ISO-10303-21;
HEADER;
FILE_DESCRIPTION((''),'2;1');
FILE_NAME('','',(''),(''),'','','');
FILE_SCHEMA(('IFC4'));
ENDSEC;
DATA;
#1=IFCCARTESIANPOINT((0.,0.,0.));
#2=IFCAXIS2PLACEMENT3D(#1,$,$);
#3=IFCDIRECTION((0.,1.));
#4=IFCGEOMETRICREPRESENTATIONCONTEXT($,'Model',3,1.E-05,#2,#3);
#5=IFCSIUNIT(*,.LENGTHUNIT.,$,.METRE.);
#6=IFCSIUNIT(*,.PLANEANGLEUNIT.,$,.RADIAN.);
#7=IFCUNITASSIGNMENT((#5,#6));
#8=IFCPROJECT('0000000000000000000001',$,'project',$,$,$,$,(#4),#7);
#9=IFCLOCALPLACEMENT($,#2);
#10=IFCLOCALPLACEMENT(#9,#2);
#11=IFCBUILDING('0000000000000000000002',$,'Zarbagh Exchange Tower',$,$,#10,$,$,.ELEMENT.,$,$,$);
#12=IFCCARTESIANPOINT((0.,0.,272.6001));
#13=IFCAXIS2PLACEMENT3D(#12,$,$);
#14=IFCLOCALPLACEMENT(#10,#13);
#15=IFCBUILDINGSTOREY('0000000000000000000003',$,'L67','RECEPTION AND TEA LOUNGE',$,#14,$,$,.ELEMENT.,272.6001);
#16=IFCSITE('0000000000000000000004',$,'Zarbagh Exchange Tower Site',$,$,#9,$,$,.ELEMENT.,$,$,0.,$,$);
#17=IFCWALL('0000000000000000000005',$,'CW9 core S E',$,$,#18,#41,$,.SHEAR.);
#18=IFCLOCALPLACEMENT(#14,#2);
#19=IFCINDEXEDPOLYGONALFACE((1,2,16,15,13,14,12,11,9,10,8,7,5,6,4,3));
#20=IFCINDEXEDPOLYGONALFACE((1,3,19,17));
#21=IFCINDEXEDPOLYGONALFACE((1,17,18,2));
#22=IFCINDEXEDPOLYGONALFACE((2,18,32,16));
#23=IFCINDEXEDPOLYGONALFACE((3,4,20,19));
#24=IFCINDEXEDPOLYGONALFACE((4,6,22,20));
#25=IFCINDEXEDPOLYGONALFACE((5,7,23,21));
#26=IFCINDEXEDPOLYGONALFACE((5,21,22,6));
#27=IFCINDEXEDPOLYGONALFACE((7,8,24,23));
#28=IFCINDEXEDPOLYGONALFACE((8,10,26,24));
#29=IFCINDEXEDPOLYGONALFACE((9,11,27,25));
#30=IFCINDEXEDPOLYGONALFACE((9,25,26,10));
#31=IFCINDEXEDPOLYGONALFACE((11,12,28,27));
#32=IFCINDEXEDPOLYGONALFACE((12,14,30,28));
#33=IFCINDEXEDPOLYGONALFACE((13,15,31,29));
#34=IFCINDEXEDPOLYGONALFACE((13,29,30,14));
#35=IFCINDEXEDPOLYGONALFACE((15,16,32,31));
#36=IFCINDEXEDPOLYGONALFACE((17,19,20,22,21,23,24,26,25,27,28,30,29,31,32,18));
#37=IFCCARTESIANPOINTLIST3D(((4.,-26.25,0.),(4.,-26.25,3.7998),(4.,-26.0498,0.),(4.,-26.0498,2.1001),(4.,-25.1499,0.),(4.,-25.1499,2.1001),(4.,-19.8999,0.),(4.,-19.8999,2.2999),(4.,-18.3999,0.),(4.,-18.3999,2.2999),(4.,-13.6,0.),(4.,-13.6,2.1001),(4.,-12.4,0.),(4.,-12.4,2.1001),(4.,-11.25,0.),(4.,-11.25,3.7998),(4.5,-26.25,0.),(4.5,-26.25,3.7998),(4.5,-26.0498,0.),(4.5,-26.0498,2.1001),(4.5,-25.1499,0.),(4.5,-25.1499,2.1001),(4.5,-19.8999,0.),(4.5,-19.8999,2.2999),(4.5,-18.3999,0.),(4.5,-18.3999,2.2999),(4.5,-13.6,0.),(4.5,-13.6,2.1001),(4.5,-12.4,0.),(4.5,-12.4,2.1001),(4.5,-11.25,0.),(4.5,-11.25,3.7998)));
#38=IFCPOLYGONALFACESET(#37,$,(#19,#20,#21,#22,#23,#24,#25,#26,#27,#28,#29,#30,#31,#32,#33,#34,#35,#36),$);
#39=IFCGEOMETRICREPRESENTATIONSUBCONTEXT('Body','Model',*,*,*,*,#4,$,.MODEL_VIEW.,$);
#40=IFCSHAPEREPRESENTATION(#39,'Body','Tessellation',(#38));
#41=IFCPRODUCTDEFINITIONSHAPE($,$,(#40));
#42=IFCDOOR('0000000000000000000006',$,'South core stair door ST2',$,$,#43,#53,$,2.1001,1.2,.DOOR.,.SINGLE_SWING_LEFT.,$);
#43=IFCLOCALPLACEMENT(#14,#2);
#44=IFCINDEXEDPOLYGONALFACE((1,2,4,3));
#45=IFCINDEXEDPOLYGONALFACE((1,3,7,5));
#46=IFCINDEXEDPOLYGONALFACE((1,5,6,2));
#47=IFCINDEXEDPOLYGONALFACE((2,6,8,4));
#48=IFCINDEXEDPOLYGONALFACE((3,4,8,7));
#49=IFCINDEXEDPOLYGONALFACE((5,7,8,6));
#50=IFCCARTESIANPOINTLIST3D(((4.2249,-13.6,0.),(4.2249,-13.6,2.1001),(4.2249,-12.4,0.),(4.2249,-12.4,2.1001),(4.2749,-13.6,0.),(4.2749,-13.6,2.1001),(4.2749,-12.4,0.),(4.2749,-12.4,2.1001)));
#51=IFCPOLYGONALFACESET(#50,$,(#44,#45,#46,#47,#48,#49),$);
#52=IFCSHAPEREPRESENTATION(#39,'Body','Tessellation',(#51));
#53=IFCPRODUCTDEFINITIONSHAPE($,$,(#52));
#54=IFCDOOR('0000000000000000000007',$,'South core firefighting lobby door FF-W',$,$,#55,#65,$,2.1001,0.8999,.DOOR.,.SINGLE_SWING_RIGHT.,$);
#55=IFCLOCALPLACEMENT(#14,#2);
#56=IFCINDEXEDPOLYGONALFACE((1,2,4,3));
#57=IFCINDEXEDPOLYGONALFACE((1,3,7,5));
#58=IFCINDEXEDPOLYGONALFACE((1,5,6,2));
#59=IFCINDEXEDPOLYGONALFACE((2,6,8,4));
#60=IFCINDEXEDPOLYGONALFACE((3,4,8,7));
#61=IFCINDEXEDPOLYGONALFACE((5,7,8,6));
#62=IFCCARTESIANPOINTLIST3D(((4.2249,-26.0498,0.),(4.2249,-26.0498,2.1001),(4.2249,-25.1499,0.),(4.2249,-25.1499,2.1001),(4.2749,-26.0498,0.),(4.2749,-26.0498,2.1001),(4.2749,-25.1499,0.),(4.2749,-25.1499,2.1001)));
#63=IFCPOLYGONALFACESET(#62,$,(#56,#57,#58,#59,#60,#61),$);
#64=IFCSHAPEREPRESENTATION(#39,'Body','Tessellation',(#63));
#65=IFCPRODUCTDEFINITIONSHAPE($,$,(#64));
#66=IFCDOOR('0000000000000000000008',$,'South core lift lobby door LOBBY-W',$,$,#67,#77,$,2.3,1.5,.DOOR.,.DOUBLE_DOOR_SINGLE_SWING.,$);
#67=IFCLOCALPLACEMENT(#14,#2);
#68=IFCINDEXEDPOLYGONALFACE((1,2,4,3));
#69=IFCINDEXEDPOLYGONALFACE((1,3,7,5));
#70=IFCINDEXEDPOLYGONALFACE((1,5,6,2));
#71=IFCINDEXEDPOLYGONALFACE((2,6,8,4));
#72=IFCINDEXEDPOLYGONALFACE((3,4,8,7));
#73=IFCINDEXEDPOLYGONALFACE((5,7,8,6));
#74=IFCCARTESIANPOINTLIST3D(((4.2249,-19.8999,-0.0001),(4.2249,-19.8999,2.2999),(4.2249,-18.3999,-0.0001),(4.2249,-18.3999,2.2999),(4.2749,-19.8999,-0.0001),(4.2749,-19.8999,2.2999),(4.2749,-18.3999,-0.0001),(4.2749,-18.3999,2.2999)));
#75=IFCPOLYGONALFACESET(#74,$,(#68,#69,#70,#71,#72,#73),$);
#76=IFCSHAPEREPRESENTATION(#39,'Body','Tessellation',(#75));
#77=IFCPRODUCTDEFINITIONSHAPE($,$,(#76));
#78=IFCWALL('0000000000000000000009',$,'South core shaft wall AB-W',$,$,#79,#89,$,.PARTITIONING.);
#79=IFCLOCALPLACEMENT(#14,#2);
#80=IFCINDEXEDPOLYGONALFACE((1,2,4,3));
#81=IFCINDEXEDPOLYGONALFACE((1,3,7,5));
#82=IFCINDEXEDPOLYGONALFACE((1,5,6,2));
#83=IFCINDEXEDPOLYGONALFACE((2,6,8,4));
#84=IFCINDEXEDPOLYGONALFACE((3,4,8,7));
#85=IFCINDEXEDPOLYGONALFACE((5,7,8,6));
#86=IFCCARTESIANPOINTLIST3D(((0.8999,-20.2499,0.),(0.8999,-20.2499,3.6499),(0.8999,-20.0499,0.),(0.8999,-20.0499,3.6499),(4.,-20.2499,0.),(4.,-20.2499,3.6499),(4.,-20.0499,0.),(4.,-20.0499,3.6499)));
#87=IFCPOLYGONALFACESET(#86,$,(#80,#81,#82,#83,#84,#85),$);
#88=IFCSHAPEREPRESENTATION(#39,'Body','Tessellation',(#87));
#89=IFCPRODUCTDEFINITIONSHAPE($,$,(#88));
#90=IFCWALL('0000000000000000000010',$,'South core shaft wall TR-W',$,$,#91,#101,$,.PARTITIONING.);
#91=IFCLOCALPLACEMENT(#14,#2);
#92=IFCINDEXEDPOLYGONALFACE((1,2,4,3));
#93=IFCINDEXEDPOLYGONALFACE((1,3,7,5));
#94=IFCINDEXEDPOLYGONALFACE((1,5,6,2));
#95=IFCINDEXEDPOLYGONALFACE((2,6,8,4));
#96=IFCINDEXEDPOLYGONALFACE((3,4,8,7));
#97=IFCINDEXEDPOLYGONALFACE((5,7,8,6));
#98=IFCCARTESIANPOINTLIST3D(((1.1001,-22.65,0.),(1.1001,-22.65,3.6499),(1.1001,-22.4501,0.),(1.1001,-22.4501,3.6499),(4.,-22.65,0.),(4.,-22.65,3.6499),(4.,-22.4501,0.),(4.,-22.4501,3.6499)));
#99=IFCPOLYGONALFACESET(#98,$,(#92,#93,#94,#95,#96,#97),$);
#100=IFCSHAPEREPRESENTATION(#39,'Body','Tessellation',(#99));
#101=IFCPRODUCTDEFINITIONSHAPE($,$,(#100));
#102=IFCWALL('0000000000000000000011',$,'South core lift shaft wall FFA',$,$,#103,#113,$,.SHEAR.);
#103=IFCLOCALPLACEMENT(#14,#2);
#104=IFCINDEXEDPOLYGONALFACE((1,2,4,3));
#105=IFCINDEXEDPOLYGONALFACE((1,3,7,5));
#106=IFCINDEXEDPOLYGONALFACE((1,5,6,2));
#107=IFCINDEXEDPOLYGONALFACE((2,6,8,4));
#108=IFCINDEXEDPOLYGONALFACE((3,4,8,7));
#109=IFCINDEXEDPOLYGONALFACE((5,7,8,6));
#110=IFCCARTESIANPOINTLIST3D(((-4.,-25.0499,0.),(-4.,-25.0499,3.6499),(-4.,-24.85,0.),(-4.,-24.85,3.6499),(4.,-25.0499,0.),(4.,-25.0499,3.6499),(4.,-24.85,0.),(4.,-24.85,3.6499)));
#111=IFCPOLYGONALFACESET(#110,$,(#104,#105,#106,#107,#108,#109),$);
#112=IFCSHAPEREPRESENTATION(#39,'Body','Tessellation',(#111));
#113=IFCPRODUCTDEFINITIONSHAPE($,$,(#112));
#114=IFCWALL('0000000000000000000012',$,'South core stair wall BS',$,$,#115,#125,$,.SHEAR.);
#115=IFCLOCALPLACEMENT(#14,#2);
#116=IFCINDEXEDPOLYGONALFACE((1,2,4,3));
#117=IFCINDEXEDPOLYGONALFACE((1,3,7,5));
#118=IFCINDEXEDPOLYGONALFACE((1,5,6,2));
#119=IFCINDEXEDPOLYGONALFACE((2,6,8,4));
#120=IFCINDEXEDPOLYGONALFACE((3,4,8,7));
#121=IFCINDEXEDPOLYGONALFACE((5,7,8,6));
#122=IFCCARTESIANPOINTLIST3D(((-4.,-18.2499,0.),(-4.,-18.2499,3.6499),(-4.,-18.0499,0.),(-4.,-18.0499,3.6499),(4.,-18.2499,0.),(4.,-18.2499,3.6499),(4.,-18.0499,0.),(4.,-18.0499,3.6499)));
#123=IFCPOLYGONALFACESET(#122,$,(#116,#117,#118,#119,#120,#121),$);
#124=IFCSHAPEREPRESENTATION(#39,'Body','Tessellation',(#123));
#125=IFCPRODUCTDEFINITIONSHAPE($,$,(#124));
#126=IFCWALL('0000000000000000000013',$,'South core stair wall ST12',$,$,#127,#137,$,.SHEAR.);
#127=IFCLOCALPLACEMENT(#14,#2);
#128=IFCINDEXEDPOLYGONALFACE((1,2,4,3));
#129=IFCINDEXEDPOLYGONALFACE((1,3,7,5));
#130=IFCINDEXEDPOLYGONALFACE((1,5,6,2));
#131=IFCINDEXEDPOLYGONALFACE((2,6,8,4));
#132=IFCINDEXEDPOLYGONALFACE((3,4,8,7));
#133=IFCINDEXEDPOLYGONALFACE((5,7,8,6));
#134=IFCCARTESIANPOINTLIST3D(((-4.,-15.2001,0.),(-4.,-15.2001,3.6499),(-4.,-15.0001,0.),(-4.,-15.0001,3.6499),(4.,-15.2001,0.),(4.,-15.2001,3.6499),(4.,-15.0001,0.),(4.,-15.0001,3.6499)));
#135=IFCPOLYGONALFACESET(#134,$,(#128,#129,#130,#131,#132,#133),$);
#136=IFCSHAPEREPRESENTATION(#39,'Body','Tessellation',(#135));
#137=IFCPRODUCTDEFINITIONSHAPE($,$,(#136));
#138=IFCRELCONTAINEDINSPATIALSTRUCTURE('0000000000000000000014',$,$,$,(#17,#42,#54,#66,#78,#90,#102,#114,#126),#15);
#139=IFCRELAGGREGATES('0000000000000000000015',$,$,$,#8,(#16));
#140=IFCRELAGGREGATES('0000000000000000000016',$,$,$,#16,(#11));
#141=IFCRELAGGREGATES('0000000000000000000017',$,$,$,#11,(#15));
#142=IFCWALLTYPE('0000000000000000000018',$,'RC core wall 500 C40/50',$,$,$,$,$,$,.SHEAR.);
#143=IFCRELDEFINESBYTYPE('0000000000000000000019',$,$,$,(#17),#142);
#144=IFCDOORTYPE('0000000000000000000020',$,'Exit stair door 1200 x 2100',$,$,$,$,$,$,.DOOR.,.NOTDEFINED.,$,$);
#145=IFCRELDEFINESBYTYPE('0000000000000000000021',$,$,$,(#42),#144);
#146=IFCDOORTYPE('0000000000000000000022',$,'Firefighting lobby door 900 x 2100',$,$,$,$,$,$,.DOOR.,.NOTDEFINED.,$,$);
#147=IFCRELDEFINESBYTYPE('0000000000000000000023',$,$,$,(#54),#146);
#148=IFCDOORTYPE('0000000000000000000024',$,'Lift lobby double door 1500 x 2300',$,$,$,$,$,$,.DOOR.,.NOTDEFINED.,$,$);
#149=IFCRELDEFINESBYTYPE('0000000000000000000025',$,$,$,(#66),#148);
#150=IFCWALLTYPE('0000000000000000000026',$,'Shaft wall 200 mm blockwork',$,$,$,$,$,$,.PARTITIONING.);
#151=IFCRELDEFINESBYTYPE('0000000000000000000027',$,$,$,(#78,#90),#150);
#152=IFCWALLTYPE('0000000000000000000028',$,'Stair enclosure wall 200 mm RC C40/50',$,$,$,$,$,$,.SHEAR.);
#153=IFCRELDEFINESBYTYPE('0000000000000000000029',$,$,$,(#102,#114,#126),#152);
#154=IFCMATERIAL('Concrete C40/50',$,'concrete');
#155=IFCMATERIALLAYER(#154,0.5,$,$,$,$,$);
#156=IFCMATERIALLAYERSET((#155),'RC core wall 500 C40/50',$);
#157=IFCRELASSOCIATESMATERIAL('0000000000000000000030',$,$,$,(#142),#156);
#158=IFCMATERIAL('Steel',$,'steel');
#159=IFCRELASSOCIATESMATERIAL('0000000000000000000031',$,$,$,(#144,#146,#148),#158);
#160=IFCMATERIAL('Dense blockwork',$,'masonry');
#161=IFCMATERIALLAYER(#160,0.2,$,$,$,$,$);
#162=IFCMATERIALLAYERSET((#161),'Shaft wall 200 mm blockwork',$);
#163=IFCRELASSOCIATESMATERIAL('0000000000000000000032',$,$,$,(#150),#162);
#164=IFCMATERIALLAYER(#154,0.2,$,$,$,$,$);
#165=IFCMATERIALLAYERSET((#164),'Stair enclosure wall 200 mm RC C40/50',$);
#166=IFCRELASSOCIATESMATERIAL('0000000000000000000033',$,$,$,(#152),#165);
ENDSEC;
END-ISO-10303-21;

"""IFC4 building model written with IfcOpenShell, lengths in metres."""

from ifc_helpers import new_model, si_unit, direction, frame, frame_2d, origin, place, context, subcontext, project, spatial, rectangle, extrude, material, layer, layer_set, type_object, element, fill, save


model = new_model("IFC4")

# Units and contexts
model_context = context("Model", 3, precision=1e-05, world=origin(), true_north=direction((0.0, 1.0)))
body_context = subcontext(model_context, "Body", "Model", "MODEL_VIEW")
ifc_project = project(units=[si_unit("LENGTHUNIT", "METRE"), si_unit("PLANEANGLEUNIT", "RADIAN")], contexts=[model_context])

# Site, building, storey
site_placement = place(None, origin())
site = spatial("IfcSite", under=ifc_project, at=site_placement, Name="Zarbagh Exchange Tower Site", CompositionType="ELEMENT", RefElevation=0.0)
building_placement = place(site_placement, origin())
building = spatial("IfcBuilding", under=site, at=building_placement, Name="Zarbagh Exchange Tower", CompositionType="ELEMENT")
storey_placement = place(building_placement, frame((0.0, 0.0, 272.6001)))
storey = spatial("IfcBuildingStorey", under=building, at=storey_placement, Name="L67", Description="RECEPTION AND TEA LOUNGE", CompositionType="ELEMENT", Elevation=272.6001)

# Shared definitions
ifc_material_1 = material(Name="Concrete C40/50", Category="concrete")

# Wall, openings, doors
ifc_layer_1 = layer(ifc_material_1, 0.5)
ifc_layer_set_1 = layer_set([ifc_layer_1], Name="RC core wall 500 C40/50")
wall_type_1 = type_object("IfcWallType", Name="RC core wall 500 C40/50", PredefinedType="SHEAR", material=ifc_layer_set_1)
wall_1_placement = place(storey_placement, frame((4.25, -11.25, 0.0), z_axis=(0.0, 0.0, 1.0), x_axis=(0.0, -1.0, 0.0)))
wall_1 = element("IfcWall", 1, at=wall_1_placement, inside=storey, type_object=wall_type_1, Name="CW9 core S E", PredefinedType="SHEAR", context=body_context, shape_type="SweptSolid", body=[
    extrude(rectangle(XDim=15.0, YDim=0.5, at=frame_2d((7.5, 0.0))), origin(), (0.0, 0.0, 1.0), 3.7998),
])
opening_1_placement = place(wall_1_placement, frame((7.1499, 0.0, 0.0)))
opening_1 = element("IfcOpeningElement", 2, at=opening_1_placement, cuts=wall_1, PredefinedType="OPENING", context=body_context, shape_type="SweptSolid", body=[
    extrude(rectangle(XDim=1.5, YDim=2.3, at=frame_2d((0.75, 1.1499))), frame((0.0, 0.26, 0.0), z_axis=(0.0, -1.0, 0.0), x_axis=(1.0, 0.0, 0.0)), (0.0, 0.0, 1.0), 0.52),
])
opening_2_placement = place(wall_1_placement, frame((13.8999, 0.0, 0.0)))
opening_2 = element("IfcOpeningElement", 3, at=opening_2_placement, cuts=wall_1, PredefinedType="OPENING", context=body_context, shape_type="SweptSolid", body=[
    extrude(rectangle(XDim=0.8999, YDim=2.1001, at=frame_2d((0.45, 1.05))), frame((0.0, 0.26, 0.0), z_axis=(0.0, -1.0, 0.0), x_axis=(1.0, 0.0, 0.0)), (0.0, 0.0, 1.0), 0.52),
])
opening_3_placement = place(wall_1_placement, frame((1.1499, 0.0, 0.0)))
opening_3 = element("IfcOpeningElement", 4, at=opening_3_placement, cuts=wall_1, PredefinedType="OPENING", context=body_context, shape_type="SweptSolid", body=[
    extrude(rectangle(XDim=1.2, YDim=2.1001, at=frame_2d((0.6001, 1.05))), frame((0.0, 0.26, 0.0), z_axis=(0.0, -1.0, 0.0), x_axis=(1.0, 0.0, 0.0)), (0.0, 0.0, 1.0), 0.52),
])
ifc_material_2 = material(Name="Steel", Category="steel")
door_type_1 = type_object("IfcDoorType", Name="Exit stair door 1200 x 2100", OperationType="NOTDEFINED", PredefinedType="DOOR", material=ifc_material_2)
door_1_placement = place(opening_3_placement, origin())
door_1 = element("IfcDoor", 5, at=door_1_placement, inside=storey, type_object=door_type_1, Name="South core stair door ST2", OperationType="SINGLE_SWING_LEFT", OverallHeight=2.1001, OverallWidth=1.2, PredefinedType="DOOR", context=body_context, shape_type="SweptSolid", body=[
    extrude(rectangle(XDim=1.2, YDim=2.1001, at=frame_2d((0.6001, 1.05))), frame((0.0, 0.0249, 0.0), z_axis=(0.0, -1.0, 0.0), x_axis=(1.0, 0.0, 0.0)), (0.0, 0.0, 1.0), 0.05),
])
fill(opening_3, door_1)
door_type_2 = type_object("IfcDoorType", Name="Firefighting lobby door 900 x 2100", OperationType="NOTDEFINED", PredefinedType="DOOR", material=ifc_material_2)
door_2_placement = place(opening_2_placement, origin())
door_2 = element("IfcDoor", 6, at=door_2_placement, inside=storey, type_object=door_type_2, Name="South core firefighting lobby door FF-W", OperationType="SINGLE_SWING_RIGHT", OverallHeight=2.1001, OverallWidth=0.8999, PredefinedType="DOOR", context=body_context, shape_type="SweptSolid", body=[
    extrude(rectangle(XDim=0.8999, YDim=2.1001, at=frame_2d((0.45, 1.05))), frame((0.0, 0.0249, 0.0), z_axis=(0.0, -1.0, 0.0), x_axis=(1.0, 0.0, 0.0)), (0.0, 0.0, 1.0), 0.05),
])
fill(opening_2, door_2)
door_type_3 = type_object("IfcDoorType", Name="Lift lobby double door 1500 x 2300", OperationType="NOTDEFINED", PredefinedType="DOOR", material=ifc_material_2)
door_3_placement = place(opening_1_placement, origin())
door_3 = element("IfcDoor", 7, at=door_3_placement, inside=storey, type_object=door_type_3, Name="South core lift lobby door LOBBY-W", OperationType="DOUBLE_DOOR_SINGLE_SWING", OverallHeight=2.3, OverallWidth=1.5, PredefinedType="DOOR", context=body_context, shape_type="SweptSolid", body=[
    extrude(rectangle(XDim=1.5, YDim=2.3, at=frame_2d((0.75, 1.1499))), frame((0.0, 0.0249, 0.0), z_axis=(0.0, -1.0, 0.0), x_axis=(1.0, 0.0, 0.0)), (0.0, 0.0, 1.0), 0.05),
])
fill(opening_1, door_3)

# Walls
ifc_material_3 = material(Name="Dense blockwork", Category="masonry")
ifc_layer_2 = layer(ifc_material_3, 0.2)
ifc_layer_set_2 = layer_set([ifc_layer_2], Name="Shaft wall 200 mm blockwork")
wall_type_2 = type_object("IfcWallType", Name="Shaft wall 200 mm blockwork", PredefinedType="PARTITIONING", material=ifc_layer_set_2)
wall_2_placement = place(storey_placement, frame((4.0, -20.1499, 0.0), z_axis=(0.0, 0.0, 1.0), x_axis=(-1.0, 0.0, 0.0)))
element("IfcWall", 8, at=wall_2_placement, inside=storey, type_object=wall_type_2, Name="South core shaft wall AB-W", PredefinedType="PARTITIONING", context=body_context, shape_type="SweptSolid", body=[
    extrude(rectangle(XDim=3.1001, YDim=0.2, at=frame_2d((1.55, 0.0))), origin(), (0.0, 0.0, 1.0), 3.6499),
])
wall_3_placement = place(storey_placement, frame((4.0, -22.55, 0.0), z_axis=(0.0, 0.0, 1.0), x_axis=(-1.0, 0.0, 0.0)))
element("IfcWall", 9, at=wall_3_placement, inside=storey, type_object=wall_type_2, Name="South core shaft wall TR-W", PredefinedType="PARTITIONING", context=body_context, shape_type="SweptSolid", body=[
    extrude(rectangle(XDim=2.8999, YDim=0.2, at=frame_2d((1.45, 0.0))), origin(), (0.0, 0.0, 1.0), 3.6499),
])
ifc_layer_3 = layer(ifc_material_1, 0.2)
ifc_layer_set_3 = layer_set([ifc_layer_3], Name="Stair enclosure wall 200 mm RC C40/50")
wall_type_3 = type_object("IfcWallType", Name="Stair enclosure wall 200 mm RC C40/50", PredefinedType="SHEAR", material=ifc_layer_set_3)
for number, where, z_axis, x_axis, name in (
    (10, (4.0, -24.95, 0.0), (0.0, 0.0, 1.0), (-1.0, 0.0, 0.0), "South core lift shaft wall FFA"),
    (11, (4.0, -18.1499, 0.0), (0.0, 0.0, 1.0), (-1.0, 0.0, 0.0), "South core stair wall BS"),
    (12, (4.0, -15.1001, 0.0), (0.0, 0.0, 1.0), (-1.0, 0.0, 0.0), "South core stair wall ST12"),
):
    element("IfcWall", number, at=place(storey_placement, frame(where, z_axis=z_axis, x_axis=x_axis)), inside=storey, type_object=wall_type_3, Name=name, PredefinedType="SHEAR", context=body_context, shape_type="SweptSolid", body=[
        extrude(rectangle(XDim=8.0, YDim=0.2, at=frame_2d((4.0, 0.0))), origin(), (0.0, 0.0, 1.0), 3.6499),
    ])

save(model, "model.ifc")
